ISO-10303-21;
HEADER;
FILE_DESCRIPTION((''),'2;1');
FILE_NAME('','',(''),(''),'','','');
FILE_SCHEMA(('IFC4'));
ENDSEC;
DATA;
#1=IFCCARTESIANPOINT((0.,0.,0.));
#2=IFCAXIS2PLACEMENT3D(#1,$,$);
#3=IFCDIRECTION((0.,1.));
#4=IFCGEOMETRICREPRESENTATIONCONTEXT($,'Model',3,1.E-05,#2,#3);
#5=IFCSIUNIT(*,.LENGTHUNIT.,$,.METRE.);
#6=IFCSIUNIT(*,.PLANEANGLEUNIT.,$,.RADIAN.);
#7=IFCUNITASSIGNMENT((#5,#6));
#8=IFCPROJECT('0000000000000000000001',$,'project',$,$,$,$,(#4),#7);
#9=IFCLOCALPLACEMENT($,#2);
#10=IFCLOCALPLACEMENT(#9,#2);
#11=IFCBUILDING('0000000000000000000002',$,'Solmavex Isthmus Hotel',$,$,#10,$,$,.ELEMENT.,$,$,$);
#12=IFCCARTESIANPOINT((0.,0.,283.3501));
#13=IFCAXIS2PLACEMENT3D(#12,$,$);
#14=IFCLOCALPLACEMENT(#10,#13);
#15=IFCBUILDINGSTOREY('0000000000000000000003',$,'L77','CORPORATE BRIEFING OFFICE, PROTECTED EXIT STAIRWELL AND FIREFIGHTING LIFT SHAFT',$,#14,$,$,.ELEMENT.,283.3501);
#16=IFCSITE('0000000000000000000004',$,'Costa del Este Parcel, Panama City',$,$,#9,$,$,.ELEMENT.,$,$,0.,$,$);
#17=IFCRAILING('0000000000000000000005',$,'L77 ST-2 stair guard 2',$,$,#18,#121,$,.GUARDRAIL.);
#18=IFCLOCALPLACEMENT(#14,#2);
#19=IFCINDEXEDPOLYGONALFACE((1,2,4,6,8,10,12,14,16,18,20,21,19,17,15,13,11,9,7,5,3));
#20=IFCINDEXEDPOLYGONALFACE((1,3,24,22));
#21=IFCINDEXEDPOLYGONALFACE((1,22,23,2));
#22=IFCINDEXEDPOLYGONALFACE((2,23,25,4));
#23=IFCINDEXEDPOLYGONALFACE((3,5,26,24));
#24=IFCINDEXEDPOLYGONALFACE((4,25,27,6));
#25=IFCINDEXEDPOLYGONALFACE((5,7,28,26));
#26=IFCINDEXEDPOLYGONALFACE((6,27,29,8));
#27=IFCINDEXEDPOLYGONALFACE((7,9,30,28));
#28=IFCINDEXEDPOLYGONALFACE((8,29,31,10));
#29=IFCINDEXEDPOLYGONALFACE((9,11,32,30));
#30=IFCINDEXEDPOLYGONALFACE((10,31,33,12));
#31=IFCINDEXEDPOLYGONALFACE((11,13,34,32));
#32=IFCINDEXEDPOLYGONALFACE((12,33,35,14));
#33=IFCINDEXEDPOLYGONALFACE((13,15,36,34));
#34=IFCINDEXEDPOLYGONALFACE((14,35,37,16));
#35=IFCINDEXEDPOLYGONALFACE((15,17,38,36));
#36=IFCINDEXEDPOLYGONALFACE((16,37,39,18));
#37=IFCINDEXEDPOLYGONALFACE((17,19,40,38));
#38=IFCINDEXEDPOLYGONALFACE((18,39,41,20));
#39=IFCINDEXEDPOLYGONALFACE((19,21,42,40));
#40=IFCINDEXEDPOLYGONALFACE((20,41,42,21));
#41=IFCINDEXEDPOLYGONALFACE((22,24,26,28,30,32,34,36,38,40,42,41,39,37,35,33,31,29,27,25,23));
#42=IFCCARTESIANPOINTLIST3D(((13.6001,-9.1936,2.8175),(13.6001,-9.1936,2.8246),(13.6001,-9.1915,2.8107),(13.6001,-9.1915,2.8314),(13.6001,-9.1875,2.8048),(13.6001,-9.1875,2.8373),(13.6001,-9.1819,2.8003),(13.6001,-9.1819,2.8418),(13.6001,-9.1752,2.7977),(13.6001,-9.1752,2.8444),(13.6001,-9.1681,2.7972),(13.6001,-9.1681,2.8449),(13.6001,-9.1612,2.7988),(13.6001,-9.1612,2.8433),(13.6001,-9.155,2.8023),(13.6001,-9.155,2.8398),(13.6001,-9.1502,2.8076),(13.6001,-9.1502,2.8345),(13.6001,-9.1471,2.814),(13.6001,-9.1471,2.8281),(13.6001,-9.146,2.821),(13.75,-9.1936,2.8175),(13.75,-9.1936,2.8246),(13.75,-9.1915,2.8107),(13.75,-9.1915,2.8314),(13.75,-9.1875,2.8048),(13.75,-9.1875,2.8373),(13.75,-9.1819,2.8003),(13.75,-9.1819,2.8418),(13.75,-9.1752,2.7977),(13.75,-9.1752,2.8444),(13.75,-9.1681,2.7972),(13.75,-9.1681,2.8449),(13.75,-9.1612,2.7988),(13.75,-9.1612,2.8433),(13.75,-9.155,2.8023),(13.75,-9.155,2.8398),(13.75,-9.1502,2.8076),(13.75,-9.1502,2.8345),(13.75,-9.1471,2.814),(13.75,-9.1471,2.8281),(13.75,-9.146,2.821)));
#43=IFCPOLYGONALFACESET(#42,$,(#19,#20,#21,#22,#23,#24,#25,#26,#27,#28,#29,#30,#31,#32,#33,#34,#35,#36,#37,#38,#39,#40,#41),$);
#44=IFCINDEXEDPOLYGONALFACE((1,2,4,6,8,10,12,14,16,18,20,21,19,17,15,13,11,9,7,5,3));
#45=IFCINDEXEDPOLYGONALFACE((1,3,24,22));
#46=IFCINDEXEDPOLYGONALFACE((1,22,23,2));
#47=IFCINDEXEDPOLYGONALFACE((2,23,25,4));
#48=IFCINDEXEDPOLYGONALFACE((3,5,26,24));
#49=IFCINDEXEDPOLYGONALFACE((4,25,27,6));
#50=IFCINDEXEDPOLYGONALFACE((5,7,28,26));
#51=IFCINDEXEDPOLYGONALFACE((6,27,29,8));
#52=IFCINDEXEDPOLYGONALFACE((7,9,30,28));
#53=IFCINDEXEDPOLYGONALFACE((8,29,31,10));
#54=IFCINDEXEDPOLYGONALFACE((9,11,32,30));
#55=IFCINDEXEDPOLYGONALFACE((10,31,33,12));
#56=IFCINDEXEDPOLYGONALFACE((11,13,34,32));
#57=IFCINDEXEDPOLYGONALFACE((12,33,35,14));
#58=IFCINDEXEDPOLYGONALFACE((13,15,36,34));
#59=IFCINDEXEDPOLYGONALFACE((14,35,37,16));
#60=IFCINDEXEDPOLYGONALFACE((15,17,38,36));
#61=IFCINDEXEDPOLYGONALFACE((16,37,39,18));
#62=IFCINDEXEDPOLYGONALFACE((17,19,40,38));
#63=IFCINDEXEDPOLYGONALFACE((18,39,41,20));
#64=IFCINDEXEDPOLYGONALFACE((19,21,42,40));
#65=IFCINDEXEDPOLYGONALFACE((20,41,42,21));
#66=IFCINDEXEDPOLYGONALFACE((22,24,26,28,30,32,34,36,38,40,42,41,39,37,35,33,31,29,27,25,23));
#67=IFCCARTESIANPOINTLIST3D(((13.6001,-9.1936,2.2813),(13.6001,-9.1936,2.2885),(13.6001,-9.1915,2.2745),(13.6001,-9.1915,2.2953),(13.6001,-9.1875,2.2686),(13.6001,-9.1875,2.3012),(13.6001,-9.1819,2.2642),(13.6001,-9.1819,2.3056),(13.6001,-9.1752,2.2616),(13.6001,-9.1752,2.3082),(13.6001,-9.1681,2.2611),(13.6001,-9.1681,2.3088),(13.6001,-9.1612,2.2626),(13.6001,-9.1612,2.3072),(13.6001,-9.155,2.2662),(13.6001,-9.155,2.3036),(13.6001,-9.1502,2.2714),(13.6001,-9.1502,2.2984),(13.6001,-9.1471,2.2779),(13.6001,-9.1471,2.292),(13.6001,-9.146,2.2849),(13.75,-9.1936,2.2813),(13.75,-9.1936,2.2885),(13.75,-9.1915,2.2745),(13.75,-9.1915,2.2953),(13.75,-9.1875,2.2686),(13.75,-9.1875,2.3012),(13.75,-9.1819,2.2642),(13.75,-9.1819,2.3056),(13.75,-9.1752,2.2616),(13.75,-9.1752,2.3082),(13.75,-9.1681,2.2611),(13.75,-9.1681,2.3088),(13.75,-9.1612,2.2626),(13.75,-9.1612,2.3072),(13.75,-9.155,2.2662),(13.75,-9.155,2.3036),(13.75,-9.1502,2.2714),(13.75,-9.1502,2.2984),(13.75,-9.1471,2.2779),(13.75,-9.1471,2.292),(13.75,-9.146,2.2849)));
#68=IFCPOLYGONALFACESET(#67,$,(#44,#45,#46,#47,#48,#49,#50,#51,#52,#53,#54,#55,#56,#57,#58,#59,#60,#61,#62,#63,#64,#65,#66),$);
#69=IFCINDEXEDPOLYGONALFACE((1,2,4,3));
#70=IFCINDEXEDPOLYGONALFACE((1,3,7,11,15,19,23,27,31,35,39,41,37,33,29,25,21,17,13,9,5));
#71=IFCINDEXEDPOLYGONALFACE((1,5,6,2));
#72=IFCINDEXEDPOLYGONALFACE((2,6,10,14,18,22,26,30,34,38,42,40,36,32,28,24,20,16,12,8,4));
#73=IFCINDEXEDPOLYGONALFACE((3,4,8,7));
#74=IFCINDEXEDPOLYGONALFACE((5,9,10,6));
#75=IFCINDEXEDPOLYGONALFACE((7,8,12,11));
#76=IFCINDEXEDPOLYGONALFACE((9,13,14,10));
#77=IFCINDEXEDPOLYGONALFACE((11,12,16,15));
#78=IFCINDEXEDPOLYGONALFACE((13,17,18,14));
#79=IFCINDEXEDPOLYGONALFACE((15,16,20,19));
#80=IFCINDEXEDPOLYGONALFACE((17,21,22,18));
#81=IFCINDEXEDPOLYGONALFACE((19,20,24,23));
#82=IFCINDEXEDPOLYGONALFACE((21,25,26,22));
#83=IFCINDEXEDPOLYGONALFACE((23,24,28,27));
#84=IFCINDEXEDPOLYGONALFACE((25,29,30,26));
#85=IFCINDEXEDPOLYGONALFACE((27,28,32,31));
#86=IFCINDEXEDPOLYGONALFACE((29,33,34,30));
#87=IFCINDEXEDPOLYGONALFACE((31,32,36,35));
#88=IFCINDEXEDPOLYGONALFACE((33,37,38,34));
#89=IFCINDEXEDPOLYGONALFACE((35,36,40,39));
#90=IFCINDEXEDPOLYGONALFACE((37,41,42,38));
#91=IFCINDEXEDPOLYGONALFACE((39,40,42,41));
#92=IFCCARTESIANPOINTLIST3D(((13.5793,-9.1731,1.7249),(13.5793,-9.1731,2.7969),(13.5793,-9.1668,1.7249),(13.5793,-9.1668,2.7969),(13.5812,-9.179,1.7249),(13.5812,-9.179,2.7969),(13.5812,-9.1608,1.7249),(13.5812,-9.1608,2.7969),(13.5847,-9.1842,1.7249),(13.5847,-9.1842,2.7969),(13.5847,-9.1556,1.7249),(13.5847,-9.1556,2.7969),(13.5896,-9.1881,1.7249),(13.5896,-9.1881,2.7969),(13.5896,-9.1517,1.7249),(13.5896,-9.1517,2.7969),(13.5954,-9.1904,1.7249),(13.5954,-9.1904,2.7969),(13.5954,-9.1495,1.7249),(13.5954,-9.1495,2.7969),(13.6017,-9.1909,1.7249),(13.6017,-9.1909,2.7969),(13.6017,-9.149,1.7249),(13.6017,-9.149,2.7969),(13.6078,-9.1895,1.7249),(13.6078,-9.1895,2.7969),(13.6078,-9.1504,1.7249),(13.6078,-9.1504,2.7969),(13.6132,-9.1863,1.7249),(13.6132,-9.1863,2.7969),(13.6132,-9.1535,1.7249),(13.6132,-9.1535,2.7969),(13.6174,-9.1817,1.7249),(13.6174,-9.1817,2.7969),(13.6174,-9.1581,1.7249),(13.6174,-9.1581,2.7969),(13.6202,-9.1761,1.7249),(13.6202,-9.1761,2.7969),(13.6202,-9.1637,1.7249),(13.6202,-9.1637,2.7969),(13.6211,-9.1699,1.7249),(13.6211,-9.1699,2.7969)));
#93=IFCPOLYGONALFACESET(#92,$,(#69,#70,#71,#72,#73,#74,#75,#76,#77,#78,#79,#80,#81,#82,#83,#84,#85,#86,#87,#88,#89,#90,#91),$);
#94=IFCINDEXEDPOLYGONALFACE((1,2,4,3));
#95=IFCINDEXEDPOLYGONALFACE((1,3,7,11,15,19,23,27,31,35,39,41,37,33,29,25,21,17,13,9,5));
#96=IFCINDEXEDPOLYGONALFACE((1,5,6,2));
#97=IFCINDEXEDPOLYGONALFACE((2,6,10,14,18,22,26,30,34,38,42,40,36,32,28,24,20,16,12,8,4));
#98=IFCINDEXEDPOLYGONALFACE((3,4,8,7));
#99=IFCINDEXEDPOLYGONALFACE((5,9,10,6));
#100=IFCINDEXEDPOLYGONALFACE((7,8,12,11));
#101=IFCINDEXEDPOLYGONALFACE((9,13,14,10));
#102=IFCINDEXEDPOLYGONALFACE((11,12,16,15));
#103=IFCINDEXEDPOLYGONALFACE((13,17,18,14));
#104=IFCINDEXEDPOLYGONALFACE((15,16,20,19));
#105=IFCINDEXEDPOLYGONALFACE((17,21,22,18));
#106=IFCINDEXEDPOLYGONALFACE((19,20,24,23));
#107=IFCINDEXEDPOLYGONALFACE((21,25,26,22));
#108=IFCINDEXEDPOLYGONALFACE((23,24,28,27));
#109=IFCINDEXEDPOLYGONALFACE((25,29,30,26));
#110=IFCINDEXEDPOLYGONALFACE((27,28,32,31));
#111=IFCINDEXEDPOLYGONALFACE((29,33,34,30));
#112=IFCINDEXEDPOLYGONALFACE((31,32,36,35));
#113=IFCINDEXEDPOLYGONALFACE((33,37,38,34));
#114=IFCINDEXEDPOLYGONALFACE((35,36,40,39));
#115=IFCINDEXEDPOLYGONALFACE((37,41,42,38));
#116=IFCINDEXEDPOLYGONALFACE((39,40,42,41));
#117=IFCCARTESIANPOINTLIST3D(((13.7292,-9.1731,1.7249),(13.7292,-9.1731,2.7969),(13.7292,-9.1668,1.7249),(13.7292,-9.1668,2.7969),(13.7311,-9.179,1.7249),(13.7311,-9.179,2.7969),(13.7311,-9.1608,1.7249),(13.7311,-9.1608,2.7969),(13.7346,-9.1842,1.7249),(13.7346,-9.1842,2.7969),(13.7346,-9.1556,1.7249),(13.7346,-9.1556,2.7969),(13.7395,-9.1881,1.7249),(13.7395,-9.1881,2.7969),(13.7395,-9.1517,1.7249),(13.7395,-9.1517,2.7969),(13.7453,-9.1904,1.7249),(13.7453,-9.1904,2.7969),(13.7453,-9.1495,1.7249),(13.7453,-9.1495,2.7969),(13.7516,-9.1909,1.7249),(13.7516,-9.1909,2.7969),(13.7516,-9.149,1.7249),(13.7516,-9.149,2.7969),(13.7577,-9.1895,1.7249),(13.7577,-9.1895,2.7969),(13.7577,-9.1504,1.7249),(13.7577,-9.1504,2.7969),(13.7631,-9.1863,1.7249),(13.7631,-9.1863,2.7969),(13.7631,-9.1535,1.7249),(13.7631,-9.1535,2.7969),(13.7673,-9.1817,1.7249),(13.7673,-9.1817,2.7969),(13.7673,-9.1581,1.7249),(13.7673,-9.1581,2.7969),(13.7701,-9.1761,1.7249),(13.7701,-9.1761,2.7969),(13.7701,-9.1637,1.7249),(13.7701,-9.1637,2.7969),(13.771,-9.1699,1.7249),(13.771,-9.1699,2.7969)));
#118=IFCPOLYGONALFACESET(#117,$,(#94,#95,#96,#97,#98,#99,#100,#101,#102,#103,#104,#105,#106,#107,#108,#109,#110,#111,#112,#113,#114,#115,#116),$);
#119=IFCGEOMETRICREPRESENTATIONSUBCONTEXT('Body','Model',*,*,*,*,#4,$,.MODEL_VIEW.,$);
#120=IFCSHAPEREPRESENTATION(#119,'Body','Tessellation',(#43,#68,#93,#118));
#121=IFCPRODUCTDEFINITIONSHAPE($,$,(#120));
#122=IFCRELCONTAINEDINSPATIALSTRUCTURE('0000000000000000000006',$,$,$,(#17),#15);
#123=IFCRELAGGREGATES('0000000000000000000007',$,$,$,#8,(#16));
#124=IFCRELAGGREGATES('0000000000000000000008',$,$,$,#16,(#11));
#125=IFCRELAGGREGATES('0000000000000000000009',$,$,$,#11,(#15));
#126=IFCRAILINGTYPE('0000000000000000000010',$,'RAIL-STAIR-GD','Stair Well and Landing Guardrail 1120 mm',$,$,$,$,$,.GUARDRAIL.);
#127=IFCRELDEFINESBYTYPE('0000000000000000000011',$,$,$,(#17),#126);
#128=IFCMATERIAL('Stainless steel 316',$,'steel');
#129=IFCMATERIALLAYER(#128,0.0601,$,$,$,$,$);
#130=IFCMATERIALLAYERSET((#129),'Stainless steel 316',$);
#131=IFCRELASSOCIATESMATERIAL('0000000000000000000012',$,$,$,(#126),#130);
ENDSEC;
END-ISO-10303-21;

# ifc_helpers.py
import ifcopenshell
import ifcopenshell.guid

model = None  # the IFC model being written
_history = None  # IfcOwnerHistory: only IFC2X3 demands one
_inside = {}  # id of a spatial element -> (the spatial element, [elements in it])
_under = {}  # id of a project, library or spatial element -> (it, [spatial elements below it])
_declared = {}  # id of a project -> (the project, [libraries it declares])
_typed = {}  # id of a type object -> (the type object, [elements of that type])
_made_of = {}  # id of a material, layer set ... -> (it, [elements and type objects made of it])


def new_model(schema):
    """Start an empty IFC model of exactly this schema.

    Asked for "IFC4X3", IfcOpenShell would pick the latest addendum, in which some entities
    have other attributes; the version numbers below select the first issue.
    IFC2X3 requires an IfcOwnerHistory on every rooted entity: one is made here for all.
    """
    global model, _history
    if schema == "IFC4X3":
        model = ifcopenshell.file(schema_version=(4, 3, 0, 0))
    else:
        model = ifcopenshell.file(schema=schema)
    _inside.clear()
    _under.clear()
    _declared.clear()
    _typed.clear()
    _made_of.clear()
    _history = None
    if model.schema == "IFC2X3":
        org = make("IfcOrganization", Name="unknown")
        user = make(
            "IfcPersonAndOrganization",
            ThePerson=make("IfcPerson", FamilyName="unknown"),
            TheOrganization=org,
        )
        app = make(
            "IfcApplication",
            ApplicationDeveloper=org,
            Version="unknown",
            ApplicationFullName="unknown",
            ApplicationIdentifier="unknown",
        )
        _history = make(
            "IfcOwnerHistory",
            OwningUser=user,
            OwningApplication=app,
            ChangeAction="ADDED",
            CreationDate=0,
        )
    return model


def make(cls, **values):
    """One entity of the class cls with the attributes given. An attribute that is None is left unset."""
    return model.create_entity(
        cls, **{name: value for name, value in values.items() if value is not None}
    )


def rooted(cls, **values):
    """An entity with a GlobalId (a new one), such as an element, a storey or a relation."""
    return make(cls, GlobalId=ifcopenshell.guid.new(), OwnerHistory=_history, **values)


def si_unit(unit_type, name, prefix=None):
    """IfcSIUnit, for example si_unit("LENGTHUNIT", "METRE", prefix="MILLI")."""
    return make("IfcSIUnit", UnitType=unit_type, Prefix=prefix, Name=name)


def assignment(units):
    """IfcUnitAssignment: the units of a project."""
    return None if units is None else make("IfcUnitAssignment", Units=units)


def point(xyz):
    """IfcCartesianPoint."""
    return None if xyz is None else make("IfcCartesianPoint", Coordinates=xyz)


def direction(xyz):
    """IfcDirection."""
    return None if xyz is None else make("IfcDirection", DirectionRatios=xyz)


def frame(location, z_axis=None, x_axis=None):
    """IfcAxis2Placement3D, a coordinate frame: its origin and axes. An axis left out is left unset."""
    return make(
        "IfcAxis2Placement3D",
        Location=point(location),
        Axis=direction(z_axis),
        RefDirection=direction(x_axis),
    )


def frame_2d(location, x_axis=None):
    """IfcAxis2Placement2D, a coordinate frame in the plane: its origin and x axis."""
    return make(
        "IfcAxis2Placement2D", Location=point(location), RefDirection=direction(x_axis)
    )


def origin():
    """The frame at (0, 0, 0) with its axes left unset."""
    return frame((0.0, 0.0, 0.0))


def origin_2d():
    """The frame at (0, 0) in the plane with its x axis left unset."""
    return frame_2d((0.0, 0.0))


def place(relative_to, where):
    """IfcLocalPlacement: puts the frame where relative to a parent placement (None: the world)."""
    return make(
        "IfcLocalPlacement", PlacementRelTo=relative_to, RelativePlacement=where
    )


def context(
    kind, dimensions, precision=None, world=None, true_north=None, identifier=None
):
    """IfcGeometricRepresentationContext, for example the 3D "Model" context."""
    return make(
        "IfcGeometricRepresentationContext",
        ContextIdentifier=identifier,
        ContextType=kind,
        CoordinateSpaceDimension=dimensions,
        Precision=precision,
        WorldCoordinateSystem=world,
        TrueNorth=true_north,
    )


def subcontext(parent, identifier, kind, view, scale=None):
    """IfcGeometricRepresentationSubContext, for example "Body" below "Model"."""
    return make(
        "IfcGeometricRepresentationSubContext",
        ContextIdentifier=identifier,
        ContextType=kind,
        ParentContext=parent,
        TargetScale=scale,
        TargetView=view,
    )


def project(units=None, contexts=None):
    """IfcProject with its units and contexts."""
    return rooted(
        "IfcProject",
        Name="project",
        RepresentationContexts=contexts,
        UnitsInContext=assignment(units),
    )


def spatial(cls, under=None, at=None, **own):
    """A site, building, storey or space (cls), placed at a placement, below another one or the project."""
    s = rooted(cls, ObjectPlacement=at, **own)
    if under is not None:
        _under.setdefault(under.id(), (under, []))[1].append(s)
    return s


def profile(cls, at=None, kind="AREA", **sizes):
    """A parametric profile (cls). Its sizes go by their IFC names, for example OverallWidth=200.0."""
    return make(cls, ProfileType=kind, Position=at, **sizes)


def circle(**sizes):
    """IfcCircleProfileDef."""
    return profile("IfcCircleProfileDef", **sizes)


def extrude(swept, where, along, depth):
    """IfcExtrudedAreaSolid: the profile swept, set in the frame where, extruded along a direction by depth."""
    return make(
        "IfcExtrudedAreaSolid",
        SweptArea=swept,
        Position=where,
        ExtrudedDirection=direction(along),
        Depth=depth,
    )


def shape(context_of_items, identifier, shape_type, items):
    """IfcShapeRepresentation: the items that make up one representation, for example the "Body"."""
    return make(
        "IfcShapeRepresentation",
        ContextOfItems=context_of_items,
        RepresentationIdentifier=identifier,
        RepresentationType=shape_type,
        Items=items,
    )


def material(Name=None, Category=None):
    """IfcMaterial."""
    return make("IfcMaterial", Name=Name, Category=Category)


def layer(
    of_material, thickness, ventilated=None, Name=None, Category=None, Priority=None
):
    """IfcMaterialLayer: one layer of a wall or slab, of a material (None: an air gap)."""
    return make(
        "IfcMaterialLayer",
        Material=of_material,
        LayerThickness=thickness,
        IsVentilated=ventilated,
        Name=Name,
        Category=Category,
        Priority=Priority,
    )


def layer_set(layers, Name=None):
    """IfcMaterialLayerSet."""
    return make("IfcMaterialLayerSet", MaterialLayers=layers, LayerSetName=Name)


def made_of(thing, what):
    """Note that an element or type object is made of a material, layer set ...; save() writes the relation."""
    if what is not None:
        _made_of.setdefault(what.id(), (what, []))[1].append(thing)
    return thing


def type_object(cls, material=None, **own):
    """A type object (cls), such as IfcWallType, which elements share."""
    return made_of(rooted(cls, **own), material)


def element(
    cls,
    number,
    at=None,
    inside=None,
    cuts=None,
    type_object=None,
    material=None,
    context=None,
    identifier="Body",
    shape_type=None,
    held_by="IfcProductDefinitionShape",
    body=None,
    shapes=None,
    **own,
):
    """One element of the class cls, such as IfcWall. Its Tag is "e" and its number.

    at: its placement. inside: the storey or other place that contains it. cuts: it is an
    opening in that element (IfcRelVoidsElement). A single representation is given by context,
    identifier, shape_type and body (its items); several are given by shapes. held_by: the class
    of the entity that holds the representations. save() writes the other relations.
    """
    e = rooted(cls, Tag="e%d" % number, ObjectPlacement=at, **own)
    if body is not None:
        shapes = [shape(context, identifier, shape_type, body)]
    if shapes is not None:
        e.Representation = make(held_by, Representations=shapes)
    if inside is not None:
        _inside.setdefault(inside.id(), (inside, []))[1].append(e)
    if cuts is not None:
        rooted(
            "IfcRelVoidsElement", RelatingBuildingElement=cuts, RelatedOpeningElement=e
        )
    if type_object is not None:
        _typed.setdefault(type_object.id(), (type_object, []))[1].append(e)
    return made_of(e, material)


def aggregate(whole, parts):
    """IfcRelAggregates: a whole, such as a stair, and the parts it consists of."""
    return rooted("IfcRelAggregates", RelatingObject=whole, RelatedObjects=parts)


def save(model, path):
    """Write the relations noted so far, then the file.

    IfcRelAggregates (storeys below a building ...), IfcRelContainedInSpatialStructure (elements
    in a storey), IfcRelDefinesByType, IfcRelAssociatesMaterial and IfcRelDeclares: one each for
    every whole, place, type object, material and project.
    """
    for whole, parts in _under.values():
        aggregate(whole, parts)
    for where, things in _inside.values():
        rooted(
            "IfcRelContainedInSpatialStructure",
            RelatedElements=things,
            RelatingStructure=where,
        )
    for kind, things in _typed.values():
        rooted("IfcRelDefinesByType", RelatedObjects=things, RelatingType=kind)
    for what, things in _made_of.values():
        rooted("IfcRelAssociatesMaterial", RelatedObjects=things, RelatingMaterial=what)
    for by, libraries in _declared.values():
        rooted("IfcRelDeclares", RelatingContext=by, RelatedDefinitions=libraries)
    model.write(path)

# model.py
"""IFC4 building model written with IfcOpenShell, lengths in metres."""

from ifc_helpers import new_model, si_unit, direction, frame, origin, origin_2d, place, context, subcontext, project, spatial, circle, extrude, material, layer, layer_set, type_object, element, save


model = new_model("IFC4")

# Units and contexts
model_context = context("Model", 3, precision=1e-05, world=origin(), true_north=direction((0.0, 1.0)))
body_context = subcontext(model_context, "Body", "Model", "MODEL_VIEW")
ifc_project = project(units=[si_unit("LENGTHUNIT", "METRE"), si_unit("PLANEANGLEUNIT", "RADIAN")], contexts=[model_context])

# Site, building, storey
site_placement = place(None, origin())
site = spatial("IfcSite", under=ifc_project, at=site_placement, Name="Costa del Este Parcel, Panama City", CompositionType="ELEMENT", RefElevation=0.0)
building_placement = place(site_placement, origin())
building = spatial("IfcBuilding", under=site, at=building_placement, Name="Solmavex Isthmus Hotel", CompositionType="ELEMENT")
storey_placement = place(building_placement, frame((0.0, 0.0, 283.3501)))
storey = spatial("IfcBuildingStorey", under=building, at=storey_placement, Name="L77", Description="CORPORATE BRIEFING OFFICE, PROTECTED EXIT STAIRWELL AND FIREFIGHTING LIFT SHAFT", CompositionType="ELEMENT", Elevation=283.3501)

# Railing
ifc_material_1 = material(Name="Stainless steel 316", Category="steel")
ifc_layer_1 = layer(ifc_material_1, 0.0601)
ifc_layer_set_1 = layer_set([ifc_layer_1], Name="Stainless steel 316")
railing_type = type_object("IfcRailingType", Name="RAIL-STAIR-GD", Description="Stair Well and Landing Guardrail 1120 mm", PredefinedType="GUARDRAIL", material=ifc_layer_set_1)
railing_1_placement = place(storey_placement, frame((13.6001, -9.1699, 1.7249)))
element("IfcRailing", 1, at=railing_1_placement, inside=storey, type_object=railing_type, Name="L77 ST-2 stair guard 2", PredefinedType="GUARDRAIL", context=body_context, shape_type="SweptSolid", body=[
    extrude(circle(Radius=0.0239, at=origin_2d()), frame((0.0, 0.0, 1.0962), z_axis=(1.0, 0.0, 0.0), x_axis=(0.0, 1.0, 0.0)), (0.0, 0.0, 1.0), 0.1499),
    extrude(circle(Radius=0.0239, at=origin_2d()), frame((0.0, 0.0, 0.5601), z_axis=(1.0, 0.0, 0.0), x_axis=(0.0, 1.0, 0.0)), (0.0, 0.0, 1.0), 0.1499),
    extrude(circle(Radius=0.021, at=origin_2d()), origin(), (0.0, 0.0, 1.0), 1.072),
    extrude(circle(Radius=0.021, at=origin_2d()), frame((0.1499, 0.0, 0.0)), (0.0, 0.0, 1.0), 1.072),
])

save(model, "model.ifc")
